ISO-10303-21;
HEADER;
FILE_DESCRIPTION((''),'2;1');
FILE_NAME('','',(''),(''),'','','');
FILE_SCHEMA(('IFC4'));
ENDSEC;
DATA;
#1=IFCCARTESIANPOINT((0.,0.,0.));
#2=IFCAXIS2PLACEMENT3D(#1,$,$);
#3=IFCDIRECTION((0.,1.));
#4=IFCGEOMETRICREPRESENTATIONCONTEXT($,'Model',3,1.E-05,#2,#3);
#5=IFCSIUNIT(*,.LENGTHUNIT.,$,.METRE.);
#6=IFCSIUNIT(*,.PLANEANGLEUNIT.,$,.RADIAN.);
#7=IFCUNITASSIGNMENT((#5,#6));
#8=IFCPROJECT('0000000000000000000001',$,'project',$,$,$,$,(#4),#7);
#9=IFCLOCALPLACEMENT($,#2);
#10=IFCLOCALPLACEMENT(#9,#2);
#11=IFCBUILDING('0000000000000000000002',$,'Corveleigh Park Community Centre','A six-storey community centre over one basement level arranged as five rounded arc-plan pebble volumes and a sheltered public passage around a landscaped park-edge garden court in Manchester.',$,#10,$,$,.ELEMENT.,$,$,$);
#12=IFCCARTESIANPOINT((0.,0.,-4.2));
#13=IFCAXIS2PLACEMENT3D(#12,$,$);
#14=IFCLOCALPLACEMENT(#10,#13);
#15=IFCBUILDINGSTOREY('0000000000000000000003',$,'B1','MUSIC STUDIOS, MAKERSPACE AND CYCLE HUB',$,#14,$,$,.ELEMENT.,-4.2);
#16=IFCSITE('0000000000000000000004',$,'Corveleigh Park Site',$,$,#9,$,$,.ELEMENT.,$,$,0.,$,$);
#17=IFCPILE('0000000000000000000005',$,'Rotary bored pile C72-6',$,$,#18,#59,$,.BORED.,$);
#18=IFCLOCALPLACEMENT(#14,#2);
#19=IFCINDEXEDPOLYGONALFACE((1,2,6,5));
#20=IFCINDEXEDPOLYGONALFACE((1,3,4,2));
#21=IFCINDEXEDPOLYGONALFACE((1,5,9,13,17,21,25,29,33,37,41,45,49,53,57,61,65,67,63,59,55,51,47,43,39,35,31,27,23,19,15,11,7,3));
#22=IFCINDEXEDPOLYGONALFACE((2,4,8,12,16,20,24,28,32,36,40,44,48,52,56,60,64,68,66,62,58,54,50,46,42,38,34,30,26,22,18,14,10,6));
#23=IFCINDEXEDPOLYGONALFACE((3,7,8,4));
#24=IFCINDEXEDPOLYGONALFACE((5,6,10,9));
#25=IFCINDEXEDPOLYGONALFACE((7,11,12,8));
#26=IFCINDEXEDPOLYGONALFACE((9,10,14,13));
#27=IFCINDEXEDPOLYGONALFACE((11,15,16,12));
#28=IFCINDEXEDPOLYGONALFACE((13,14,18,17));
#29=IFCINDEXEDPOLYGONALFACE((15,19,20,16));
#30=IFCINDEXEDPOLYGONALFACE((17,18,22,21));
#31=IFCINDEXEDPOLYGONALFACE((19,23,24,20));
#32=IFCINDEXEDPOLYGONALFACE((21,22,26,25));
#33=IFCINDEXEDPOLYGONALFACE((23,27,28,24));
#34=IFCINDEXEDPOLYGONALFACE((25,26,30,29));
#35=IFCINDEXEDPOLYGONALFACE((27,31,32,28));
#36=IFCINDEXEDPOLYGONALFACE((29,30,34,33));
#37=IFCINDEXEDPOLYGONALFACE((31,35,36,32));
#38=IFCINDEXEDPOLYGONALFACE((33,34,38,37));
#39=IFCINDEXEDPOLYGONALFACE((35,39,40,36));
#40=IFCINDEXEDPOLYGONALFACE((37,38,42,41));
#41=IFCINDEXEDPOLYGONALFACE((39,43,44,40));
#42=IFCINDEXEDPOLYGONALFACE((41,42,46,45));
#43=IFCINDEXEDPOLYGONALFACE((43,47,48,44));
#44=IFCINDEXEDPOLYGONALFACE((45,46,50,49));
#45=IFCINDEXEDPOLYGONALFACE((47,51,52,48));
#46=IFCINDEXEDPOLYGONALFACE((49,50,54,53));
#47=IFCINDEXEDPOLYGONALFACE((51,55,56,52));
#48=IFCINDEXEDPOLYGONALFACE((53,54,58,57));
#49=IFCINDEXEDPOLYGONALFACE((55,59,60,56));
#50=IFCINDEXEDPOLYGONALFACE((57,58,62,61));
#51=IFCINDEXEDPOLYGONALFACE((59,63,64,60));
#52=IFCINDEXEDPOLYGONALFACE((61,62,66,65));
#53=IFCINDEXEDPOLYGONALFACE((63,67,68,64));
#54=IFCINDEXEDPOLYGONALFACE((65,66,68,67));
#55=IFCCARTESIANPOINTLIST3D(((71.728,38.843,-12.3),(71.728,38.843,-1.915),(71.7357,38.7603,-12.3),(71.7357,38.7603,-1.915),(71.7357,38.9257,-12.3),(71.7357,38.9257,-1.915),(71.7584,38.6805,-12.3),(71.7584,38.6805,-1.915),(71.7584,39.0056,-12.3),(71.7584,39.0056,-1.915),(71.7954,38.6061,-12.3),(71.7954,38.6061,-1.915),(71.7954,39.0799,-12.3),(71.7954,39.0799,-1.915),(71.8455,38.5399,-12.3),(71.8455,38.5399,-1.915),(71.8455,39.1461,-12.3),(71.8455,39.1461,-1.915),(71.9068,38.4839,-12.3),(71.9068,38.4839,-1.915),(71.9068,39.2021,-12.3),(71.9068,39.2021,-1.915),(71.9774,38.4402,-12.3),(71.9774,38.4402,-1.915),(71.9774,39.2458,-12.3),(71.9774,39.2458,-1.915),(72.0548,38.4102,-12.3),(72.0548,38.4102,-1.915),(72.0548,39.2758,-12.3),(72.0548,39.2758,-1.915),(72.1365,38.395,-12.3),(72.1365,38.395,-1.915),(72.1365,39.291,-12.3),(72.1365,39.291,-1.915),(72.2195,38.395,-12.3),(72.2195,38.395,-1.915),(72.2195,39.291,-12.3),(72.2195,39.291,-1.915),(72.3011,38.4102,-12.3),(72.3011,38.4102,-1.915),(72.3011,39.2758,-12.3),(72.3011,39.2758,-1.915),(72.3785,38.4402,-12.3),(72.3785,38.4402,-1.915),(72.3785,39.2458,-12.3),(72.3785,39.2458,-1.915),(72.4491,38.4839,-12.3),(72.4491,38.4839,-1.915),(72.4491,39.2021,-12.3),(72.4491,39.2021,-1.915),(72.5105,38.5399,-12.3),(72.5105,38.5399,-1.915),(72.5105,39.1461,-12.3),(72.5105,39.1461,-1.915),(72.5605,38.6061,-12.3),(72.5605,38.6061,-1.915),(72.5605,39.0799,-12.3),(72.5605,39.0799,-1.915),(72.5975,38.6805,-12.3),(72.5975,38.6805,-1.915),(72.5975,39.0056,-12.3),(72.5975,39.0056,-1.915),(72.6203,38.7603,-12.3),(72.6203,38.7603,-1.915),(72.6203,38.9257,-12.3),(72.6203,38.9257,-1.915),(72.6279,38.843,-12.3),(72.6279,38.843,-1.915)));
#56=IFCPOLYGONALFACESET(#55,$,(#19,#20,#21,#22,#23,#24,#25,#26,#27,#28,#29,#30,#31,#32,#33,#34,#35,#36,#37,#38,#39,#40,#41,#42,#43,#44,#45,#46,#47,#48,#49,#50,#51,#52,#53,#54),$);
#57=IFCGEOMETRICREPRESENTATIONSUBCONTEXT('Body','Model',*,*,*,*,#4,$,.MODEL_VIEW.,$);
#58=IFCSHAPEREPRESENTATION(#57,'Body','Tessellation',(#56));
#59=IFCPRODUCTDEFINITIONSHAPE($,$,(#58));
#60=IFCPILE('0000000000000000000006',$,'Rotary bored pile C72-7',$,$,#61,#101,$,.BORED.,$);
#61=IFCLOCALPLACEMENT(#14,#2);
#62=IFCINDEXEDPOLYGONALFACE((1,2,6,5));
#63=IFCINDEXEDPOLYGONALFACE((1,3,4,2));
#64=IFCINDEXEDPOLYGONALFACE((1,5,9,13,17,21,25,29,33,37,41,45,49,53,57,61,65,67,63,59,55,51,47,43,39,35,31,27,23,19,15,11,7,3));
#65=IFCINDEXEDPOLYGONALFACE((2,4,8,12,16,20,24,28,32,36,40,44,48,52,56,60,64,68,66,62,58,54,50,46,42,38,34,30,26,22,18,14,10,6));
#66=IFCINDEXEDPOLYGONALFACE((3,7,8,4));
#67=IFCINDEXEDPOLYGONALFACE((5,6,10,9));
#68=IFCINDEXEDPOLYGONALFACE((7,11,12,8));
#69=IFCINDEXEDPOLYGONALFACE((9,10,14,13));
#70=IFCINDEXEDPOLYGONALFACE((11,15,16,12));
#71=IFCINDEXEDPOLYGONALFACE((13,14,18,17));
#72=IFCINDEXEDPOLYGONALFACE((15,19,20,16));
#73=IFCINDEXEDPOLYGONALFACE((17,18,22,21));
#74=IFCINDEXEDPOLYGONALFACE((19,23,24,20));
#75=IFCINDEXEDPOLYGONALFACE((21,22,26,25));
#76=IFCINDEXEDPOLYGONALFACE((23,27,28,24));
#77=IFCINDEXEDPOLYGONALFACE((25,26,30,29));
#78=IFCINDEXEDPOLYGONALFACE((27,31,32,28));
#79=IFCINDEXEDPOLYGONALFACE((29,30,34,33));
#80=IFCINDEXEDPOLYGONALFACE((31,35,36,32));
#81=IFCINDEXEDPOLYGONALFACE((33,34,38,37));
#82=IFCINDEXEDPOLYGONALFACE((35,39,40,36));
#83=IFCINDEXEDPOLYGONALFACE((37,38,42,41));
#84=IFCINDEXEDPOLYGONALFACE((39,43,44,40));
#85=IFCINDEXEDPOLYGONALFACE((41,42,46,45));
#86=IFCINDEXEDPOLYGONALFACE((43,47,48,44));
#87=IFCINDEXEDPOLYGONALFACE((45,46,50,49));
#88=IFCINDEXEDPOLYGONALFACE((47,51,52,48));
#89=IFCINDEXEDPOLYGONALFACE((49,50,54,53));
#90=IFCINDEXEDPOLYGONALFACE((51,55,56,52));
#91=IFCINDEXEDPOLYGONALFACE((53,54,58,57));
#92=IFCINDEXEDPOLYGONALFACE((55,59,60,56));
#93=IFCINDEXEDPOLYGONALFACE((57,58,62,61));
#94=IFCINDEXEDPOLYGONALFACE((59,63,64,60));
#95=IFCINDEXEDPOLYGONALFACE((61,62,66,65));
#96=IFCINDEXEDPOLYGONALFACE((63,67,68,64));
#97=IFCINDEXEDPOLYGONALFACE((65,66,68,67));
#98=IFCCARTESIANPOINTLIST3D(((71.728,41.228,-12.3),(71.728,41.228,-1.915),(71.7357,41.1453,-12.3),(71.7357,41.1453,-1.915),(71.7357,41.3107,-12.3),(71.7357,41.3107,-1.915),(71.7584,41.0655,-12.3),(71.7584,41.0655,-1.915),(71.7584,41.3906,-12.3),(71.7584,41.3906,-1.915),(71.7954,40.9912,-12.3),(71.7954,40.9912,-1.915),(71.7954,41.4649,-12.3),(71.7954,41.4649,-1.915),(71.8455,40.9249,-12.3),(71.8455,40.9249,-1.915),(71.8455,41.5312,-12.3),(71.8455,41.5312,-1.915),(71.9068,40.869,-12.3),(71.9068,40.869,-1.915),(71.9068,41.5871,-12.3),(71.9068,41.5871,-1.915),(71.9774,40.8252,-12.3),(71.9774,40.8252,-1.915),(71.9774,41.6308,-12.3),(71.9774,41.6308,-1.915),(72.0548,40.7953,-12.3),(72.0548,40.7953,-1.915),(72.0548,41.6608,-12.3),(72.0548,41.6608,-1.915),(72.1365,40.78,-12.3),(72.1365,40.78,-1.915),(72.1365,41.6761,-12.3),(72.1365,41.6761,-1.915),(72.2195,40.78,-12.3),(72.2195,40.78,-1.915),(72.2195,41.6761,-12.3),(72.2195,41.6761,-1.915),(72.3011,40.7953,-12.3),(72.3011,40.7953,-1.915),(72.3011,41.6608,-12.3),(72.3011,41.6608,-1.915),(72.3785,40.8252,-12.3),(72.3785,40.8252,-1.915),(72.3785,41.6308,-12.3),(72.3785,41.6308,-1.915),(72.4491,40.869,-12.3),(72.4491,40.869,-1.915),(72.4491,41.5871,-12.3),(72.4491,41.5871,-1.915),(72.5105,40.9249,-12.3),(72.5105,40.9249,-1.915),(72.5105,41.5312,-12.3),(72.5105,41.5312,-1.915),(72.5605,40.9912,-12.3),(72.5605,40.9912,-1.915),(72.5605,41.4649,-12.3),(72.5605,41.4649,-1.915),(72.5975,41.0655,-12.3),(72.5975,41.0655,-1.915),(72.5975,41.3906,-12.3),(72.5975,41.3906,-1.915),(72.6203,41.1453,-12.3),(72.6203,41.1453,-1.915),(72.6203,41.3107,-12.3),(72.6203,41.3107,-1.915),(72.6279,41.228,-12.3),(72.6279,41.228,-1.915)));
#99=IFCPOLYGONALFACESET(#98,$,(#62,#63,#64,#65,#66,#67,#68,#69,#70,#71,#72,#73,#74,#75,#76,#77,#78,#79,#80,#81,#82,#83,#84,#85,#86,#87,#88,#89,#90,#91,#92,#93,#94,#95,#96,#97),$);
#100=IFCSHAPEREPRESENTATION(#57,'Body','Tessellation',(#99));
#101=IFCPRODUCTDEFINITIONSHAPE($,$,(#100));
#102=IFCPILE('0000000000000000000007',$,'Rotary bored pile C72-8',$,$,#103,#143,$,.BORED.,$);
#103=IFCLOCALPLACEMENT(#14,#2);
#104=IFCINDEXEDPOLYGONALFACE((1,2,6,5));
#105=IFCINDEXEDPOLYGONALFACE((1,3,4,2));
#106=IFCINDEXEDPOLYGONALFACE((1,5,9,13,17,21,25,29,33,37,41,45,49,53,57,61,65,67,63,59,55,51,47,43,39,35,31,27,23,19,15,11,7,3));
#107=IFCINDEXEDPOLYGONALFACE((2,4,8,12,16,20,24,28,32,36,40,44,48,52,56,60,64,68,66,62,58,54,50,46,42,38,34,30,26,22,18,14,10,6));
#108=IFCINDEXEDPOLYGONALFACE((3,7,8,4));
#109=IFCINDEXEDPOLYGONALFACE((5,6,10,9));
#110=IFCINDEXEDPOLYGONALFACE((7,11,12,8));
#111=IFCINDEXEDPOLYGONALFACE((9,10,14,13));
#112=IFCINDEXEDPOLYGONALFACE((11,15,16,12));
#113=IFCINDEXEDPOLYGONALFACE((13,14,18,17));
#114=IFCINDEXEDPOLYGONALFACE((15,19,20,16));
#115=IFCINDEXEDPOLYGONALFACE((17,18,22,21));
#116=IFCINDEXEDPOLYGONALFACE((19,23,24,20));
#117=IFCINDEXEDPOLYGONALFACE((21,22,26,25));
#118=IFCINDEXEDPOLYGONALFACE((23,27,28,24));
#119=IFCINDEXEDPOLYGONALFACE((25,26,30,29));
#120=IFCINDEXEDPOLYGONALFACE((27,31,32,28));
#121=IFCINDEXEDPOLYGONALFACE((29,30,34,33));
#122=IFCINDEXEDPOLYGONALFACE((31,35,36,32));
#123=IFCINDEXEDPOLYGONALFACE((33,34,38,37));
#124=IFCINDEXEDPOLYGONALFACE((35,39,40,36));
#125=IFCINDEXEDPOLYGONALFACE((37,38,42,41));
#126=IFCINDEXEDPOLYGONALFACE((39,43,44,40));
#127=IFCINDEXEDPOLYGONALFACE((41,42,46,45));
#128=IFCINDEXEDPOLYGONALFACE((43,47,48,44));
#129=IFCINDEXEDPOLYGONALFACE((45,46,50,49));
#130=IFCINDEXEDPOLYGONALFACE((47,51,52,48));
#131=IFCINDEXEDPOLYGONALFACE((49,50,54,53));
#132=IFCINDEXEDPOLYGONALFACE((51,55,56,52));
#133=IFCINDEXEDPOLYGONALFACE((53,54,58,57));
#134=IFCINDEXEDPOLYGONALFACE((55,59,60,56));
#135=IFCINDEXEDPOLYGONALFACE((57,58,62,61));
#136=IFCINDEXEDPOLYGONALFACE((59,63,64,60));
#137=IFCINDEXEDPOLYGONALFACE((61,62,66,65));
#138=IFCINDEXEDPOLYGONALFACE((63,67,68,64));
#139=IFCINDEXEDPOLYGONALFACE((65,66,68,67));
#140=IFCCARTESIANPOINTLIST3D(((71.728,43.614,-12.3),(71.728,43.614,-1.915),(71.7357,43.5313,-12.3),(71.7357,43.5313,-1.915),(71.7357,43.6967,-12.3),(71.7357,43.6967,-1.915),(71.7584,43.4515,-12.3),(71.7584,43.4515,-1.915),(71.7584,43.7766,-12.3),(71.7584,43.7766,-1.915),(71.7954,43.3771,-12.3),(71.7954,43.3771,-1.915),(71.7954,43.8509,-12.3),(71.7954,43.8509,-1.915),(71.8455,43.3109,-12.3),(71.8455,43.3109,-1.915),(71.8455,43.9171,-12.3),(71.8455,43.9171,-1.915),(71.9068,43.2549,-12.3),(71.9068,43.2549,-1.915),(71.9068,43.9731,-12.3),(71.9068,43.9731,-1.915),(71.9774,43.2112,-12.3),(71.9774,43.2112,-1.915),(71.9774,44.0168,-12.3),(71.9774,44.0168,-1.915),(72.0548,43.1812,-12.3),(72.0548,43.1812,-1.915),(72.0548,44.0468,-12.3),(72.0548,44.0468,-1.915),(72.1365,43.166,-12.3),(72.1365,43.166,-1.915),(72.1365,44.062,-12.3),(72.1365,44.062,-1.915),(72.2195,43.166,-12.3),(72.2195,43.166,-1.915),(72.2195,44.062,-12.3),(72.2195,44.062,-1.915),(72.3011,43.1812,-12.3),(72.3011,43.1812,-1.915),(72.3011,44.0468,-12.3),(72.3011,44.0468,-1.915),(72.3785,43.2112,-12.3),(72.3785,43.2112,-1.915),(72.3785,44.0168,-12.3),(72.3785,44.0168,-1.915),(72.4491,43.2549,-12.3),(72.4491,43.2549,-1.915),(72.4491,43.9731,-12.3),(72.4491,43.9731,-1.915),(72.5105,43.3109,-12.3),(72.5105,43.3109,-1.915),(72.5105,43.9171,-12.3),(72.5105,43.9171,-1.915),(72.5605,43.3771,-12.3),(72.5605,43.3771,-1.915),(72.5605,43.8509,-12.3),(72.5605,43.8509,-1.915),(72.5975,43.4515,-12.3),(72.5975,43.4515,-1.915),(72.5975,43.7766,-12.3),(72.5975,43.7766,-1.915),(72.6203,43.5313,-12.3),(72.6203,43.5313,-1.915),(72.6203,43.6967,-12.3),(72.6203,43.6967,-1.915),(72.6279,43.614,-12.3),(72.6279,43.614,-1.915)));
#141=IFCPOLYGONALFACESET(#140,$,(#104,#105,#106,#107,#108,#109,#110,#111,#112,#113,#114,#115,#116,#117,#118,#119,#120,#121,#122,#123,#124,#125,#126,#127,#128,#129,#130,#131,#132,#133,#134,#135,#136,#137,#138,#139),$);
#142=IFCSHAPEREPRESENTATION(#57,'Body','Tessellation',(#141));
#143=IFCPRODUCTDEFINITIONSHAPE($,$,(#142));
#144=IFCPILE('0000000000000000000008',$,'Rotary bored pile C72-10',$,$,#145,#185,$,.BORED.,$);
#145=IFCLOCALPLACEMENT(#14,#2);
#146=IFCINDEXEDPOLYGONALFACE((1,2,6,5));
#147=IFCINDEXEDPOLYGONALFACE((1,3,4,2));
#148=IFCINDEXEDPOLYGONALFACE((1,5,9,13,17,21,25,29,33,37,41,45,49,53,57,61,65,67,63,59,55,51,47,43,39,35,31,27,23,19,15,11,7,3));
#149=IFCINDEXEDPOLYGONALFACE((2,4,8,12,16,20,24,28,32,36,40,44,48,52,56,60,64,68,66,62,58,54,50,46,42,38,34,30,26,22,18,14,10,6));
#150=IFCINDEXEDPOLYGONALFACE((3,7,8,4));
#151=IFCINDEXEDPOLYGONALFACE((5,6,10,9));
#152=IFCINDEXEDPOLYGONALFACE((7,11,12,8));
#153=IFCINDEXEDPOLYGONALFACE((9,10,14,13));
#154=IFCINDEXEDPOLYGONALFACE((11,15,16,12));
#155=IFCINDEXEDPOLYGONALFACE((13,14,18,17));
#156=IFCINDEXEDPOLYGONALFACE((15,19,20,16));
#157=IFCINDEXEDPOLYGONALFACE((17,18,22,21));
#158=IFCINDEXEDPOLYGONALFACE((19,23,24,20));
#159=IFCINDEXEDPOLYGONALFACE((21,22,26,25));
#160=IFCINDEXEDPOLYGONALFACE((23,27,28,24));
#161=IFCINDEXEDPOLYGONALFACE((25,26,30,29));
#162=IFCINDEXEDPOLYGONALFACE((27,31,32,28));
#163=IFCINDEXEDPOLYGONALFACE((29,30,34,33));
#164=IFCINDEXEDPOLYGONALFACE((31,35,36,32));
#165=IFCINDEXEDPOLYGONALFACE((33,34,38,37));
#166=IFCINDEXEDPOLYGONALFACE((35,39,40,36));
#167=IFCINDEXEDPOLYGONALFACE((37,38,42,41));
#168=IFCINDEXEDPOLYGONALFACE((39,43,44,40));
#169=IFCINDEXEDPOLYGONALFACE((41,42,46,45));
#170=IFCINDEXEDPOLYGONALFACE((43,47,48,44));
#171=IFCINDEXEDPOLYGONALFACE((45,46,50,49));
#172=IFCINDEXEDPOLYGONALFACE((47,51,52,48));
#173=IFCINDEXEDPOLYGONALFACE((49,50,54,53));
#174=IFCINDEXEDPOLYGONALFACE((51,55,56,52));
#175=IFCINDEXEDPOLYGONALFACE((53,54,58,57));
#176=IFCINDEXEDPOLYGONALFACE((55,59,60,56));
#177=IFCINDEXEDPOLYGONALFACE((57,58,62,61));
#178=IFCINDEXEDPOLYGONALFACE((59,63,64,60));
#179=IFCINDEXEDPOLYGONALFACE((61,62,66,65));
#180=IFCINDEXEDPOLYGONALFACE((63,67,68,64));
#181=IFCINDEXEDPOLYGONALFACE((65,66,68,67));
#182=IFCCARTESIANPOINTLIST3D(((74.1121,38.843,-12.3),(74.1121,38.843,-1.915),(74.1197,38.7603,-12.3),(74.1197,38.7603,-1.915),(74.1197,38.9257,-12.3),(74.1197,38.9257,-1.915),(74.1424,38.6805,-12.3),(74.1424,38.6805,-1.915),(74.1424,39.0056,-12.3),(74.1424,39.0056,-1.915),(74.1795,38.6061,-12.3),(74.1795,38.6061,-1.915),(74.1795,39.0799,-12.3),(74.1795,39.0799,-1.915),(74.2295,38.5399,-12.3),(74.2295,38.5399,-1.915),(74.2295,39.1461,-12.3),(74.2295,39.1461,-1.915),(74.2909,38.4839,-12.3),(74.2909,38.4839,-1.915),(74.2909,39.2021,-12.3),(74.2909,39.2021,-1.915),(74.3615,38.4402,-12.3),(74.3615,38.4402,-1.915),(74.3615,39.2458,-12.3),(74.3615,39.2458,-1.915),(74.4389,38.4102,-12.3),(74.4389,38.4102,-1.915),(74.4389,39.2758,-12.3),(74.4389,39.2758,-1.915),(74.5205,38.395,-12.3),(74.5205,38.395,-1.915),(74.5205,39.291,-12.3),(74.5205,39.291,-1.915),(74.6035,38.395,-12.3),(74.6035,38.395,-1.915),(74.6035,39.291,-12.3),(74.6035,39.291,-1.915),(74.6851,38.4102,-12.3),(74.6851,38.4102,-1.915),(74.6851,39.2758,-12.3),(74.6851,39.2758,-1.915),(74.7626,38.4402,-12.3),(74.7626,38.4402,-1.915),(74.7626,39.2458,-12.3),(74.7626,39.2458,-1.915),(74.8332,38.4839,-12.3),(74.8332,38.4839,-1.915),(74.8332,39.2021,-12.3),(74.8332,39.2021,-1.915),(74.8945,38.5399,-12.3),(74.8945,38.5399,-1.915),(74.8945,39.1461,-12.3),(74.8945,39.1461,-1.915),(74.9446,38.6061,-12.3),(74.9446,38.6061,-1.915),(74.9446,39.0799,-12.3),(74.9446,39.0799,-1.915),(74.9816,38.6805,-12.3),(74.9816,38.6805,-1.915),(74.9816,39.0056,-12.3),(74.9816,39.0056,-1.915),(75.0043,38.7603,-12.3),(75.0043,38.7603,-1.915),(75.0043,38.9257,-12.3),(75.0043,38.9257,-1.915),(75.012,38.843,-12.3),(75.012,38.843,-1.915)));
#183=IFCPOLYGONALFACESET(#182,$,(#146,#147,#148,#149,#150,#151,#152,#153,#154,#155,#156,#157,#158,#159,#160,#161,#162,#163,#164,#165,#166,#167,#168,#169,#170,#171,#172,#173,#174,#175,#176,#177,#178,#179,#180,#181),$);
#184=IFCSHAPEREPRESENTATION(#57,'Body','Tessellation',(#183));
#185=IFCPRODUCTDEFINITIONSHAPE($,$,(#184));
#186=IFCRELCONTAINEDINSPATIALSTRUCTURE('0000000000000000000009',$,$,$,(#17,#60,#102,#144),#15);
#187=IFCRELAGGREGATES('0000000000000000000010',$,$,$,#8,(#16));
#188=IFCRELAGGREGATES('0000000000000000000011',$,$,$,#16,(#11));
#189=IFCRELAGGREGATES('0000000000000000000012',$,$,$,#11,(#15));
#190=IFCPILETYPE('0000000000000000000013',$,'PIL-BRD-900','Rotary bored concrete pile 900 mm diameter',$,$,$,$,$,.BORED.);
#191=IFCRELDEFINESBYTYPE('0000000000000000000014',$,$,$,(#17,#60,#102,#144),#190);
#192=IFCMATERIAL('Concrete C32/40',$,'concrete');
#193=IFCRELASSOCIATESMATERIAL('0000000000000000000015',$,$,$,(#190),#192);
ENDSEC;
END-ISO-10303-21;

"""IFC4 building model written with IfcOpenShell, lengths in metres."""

from ifc_helpers import new_model, si_unit, direction, frame, origin, origin_2d, place, context, subcontext, project, spatial, circle, extrude, material, material_profile, profile_set, type_object, element, save


model = new_model("IFC4")

# Units and contexts
model_context = context("Model", 3, precision=1e-05, world=origin(), true_north=direction((0.0, 1.0)))
body_context = subcontext(model_context, "Body", "Model", "MODEL_VIEW")
ifc_project = project(units=[si_unit("LENGTHUNIT", "METRE"), si_unit("PLANEANGLEUNIT", "RADIAN")], contexts=[model_context])

# Site, building, storey
site_placement = place(None, origin())
site = spatial("IfcSite", under=ifc_project, at=site_placement, Name="Corveleigh Park Site", CompositionType="ELEMENT", RefElevation=0.0)
building_placement = place(site_placement, origin())
building = spatial("IfcBuilding", under=site, at=building_placement, Name="Corveleigh Park Community Centre", Description="A six-storey community centre over one basement level arranged as five rounded arc-plan pebble volumes and a sheltered public passage around a landscaped park-edge garden court in Manchester.", CompositionType="ELEMENT")
storey_placement = place(building_placement, frame((0.0, 0.0, -4.2)))
storey = spatial("IfcBuildingStorey", under=building, at=storey_placement, Name="B1", Description="MUSIC STUDIOS, MAKERSPACE AND CYCLE HUB", CompositionType="ELEMENT", Elevation=-4.2)

# Piles
ifc_material_1 = material(Name="Concrete C32/40", Category="concrete")
ifc_material_profile_1 = material_profile(ifc_material_1, circle(Radius=0.45, at=origin_2d()), Name="BORED-PILE-900", Category="concrete")
ifc_profile_set_1 = profile_set([ifc_material_profile_1], Name="Concrete C32/40")
pile_type = type_object("IfcPileType", Name="PIL-BRD-900", Description="Rotary bored concrete pile 900 mm diameter", PredefinedType="BORED", material=ifc_profile_set_1)
for number, where, z_axis, x_axis, name in (
    (1, (72.178, 38.843, -1.915), (0.0, 0.0, -1.0), (1.0, 0.0, 0.0), "Rotary bored pile C72-6"),
    (2, (72.178, 41.228, -1.915), (0.0, 0.0, -1.0), (1.0, 0.0, 0.0), "Rotary bored pile C72-7"),
    (3, (72.178, 43.614, -1.915), (0.0, 0.0, -1.0), (1.0, 0.0, 0.0), "Rotary bored pile C72-8"),
    (4, (74.562, 38.843, -1.915), (0.0, 0.0, -1.0), (1.0, 0.0, 0.0), "Rotary bored pile C72-10"),
):
    element("IfcPile", number, at=place(storey_placement, frame(where, z_axis=z_axis, x_axis=x_axis)), inside=storey, type_object=pile_type, Name=name, PredefinedType="BORED", context=body_context, shape_type="SweptSolid", body=[
        extrude(circle(Radius=0.45, at=origin_2d()), origin(), (0.0, 0.0, 1.0), 10.385),
    ])

save(model, "model.ifc")
